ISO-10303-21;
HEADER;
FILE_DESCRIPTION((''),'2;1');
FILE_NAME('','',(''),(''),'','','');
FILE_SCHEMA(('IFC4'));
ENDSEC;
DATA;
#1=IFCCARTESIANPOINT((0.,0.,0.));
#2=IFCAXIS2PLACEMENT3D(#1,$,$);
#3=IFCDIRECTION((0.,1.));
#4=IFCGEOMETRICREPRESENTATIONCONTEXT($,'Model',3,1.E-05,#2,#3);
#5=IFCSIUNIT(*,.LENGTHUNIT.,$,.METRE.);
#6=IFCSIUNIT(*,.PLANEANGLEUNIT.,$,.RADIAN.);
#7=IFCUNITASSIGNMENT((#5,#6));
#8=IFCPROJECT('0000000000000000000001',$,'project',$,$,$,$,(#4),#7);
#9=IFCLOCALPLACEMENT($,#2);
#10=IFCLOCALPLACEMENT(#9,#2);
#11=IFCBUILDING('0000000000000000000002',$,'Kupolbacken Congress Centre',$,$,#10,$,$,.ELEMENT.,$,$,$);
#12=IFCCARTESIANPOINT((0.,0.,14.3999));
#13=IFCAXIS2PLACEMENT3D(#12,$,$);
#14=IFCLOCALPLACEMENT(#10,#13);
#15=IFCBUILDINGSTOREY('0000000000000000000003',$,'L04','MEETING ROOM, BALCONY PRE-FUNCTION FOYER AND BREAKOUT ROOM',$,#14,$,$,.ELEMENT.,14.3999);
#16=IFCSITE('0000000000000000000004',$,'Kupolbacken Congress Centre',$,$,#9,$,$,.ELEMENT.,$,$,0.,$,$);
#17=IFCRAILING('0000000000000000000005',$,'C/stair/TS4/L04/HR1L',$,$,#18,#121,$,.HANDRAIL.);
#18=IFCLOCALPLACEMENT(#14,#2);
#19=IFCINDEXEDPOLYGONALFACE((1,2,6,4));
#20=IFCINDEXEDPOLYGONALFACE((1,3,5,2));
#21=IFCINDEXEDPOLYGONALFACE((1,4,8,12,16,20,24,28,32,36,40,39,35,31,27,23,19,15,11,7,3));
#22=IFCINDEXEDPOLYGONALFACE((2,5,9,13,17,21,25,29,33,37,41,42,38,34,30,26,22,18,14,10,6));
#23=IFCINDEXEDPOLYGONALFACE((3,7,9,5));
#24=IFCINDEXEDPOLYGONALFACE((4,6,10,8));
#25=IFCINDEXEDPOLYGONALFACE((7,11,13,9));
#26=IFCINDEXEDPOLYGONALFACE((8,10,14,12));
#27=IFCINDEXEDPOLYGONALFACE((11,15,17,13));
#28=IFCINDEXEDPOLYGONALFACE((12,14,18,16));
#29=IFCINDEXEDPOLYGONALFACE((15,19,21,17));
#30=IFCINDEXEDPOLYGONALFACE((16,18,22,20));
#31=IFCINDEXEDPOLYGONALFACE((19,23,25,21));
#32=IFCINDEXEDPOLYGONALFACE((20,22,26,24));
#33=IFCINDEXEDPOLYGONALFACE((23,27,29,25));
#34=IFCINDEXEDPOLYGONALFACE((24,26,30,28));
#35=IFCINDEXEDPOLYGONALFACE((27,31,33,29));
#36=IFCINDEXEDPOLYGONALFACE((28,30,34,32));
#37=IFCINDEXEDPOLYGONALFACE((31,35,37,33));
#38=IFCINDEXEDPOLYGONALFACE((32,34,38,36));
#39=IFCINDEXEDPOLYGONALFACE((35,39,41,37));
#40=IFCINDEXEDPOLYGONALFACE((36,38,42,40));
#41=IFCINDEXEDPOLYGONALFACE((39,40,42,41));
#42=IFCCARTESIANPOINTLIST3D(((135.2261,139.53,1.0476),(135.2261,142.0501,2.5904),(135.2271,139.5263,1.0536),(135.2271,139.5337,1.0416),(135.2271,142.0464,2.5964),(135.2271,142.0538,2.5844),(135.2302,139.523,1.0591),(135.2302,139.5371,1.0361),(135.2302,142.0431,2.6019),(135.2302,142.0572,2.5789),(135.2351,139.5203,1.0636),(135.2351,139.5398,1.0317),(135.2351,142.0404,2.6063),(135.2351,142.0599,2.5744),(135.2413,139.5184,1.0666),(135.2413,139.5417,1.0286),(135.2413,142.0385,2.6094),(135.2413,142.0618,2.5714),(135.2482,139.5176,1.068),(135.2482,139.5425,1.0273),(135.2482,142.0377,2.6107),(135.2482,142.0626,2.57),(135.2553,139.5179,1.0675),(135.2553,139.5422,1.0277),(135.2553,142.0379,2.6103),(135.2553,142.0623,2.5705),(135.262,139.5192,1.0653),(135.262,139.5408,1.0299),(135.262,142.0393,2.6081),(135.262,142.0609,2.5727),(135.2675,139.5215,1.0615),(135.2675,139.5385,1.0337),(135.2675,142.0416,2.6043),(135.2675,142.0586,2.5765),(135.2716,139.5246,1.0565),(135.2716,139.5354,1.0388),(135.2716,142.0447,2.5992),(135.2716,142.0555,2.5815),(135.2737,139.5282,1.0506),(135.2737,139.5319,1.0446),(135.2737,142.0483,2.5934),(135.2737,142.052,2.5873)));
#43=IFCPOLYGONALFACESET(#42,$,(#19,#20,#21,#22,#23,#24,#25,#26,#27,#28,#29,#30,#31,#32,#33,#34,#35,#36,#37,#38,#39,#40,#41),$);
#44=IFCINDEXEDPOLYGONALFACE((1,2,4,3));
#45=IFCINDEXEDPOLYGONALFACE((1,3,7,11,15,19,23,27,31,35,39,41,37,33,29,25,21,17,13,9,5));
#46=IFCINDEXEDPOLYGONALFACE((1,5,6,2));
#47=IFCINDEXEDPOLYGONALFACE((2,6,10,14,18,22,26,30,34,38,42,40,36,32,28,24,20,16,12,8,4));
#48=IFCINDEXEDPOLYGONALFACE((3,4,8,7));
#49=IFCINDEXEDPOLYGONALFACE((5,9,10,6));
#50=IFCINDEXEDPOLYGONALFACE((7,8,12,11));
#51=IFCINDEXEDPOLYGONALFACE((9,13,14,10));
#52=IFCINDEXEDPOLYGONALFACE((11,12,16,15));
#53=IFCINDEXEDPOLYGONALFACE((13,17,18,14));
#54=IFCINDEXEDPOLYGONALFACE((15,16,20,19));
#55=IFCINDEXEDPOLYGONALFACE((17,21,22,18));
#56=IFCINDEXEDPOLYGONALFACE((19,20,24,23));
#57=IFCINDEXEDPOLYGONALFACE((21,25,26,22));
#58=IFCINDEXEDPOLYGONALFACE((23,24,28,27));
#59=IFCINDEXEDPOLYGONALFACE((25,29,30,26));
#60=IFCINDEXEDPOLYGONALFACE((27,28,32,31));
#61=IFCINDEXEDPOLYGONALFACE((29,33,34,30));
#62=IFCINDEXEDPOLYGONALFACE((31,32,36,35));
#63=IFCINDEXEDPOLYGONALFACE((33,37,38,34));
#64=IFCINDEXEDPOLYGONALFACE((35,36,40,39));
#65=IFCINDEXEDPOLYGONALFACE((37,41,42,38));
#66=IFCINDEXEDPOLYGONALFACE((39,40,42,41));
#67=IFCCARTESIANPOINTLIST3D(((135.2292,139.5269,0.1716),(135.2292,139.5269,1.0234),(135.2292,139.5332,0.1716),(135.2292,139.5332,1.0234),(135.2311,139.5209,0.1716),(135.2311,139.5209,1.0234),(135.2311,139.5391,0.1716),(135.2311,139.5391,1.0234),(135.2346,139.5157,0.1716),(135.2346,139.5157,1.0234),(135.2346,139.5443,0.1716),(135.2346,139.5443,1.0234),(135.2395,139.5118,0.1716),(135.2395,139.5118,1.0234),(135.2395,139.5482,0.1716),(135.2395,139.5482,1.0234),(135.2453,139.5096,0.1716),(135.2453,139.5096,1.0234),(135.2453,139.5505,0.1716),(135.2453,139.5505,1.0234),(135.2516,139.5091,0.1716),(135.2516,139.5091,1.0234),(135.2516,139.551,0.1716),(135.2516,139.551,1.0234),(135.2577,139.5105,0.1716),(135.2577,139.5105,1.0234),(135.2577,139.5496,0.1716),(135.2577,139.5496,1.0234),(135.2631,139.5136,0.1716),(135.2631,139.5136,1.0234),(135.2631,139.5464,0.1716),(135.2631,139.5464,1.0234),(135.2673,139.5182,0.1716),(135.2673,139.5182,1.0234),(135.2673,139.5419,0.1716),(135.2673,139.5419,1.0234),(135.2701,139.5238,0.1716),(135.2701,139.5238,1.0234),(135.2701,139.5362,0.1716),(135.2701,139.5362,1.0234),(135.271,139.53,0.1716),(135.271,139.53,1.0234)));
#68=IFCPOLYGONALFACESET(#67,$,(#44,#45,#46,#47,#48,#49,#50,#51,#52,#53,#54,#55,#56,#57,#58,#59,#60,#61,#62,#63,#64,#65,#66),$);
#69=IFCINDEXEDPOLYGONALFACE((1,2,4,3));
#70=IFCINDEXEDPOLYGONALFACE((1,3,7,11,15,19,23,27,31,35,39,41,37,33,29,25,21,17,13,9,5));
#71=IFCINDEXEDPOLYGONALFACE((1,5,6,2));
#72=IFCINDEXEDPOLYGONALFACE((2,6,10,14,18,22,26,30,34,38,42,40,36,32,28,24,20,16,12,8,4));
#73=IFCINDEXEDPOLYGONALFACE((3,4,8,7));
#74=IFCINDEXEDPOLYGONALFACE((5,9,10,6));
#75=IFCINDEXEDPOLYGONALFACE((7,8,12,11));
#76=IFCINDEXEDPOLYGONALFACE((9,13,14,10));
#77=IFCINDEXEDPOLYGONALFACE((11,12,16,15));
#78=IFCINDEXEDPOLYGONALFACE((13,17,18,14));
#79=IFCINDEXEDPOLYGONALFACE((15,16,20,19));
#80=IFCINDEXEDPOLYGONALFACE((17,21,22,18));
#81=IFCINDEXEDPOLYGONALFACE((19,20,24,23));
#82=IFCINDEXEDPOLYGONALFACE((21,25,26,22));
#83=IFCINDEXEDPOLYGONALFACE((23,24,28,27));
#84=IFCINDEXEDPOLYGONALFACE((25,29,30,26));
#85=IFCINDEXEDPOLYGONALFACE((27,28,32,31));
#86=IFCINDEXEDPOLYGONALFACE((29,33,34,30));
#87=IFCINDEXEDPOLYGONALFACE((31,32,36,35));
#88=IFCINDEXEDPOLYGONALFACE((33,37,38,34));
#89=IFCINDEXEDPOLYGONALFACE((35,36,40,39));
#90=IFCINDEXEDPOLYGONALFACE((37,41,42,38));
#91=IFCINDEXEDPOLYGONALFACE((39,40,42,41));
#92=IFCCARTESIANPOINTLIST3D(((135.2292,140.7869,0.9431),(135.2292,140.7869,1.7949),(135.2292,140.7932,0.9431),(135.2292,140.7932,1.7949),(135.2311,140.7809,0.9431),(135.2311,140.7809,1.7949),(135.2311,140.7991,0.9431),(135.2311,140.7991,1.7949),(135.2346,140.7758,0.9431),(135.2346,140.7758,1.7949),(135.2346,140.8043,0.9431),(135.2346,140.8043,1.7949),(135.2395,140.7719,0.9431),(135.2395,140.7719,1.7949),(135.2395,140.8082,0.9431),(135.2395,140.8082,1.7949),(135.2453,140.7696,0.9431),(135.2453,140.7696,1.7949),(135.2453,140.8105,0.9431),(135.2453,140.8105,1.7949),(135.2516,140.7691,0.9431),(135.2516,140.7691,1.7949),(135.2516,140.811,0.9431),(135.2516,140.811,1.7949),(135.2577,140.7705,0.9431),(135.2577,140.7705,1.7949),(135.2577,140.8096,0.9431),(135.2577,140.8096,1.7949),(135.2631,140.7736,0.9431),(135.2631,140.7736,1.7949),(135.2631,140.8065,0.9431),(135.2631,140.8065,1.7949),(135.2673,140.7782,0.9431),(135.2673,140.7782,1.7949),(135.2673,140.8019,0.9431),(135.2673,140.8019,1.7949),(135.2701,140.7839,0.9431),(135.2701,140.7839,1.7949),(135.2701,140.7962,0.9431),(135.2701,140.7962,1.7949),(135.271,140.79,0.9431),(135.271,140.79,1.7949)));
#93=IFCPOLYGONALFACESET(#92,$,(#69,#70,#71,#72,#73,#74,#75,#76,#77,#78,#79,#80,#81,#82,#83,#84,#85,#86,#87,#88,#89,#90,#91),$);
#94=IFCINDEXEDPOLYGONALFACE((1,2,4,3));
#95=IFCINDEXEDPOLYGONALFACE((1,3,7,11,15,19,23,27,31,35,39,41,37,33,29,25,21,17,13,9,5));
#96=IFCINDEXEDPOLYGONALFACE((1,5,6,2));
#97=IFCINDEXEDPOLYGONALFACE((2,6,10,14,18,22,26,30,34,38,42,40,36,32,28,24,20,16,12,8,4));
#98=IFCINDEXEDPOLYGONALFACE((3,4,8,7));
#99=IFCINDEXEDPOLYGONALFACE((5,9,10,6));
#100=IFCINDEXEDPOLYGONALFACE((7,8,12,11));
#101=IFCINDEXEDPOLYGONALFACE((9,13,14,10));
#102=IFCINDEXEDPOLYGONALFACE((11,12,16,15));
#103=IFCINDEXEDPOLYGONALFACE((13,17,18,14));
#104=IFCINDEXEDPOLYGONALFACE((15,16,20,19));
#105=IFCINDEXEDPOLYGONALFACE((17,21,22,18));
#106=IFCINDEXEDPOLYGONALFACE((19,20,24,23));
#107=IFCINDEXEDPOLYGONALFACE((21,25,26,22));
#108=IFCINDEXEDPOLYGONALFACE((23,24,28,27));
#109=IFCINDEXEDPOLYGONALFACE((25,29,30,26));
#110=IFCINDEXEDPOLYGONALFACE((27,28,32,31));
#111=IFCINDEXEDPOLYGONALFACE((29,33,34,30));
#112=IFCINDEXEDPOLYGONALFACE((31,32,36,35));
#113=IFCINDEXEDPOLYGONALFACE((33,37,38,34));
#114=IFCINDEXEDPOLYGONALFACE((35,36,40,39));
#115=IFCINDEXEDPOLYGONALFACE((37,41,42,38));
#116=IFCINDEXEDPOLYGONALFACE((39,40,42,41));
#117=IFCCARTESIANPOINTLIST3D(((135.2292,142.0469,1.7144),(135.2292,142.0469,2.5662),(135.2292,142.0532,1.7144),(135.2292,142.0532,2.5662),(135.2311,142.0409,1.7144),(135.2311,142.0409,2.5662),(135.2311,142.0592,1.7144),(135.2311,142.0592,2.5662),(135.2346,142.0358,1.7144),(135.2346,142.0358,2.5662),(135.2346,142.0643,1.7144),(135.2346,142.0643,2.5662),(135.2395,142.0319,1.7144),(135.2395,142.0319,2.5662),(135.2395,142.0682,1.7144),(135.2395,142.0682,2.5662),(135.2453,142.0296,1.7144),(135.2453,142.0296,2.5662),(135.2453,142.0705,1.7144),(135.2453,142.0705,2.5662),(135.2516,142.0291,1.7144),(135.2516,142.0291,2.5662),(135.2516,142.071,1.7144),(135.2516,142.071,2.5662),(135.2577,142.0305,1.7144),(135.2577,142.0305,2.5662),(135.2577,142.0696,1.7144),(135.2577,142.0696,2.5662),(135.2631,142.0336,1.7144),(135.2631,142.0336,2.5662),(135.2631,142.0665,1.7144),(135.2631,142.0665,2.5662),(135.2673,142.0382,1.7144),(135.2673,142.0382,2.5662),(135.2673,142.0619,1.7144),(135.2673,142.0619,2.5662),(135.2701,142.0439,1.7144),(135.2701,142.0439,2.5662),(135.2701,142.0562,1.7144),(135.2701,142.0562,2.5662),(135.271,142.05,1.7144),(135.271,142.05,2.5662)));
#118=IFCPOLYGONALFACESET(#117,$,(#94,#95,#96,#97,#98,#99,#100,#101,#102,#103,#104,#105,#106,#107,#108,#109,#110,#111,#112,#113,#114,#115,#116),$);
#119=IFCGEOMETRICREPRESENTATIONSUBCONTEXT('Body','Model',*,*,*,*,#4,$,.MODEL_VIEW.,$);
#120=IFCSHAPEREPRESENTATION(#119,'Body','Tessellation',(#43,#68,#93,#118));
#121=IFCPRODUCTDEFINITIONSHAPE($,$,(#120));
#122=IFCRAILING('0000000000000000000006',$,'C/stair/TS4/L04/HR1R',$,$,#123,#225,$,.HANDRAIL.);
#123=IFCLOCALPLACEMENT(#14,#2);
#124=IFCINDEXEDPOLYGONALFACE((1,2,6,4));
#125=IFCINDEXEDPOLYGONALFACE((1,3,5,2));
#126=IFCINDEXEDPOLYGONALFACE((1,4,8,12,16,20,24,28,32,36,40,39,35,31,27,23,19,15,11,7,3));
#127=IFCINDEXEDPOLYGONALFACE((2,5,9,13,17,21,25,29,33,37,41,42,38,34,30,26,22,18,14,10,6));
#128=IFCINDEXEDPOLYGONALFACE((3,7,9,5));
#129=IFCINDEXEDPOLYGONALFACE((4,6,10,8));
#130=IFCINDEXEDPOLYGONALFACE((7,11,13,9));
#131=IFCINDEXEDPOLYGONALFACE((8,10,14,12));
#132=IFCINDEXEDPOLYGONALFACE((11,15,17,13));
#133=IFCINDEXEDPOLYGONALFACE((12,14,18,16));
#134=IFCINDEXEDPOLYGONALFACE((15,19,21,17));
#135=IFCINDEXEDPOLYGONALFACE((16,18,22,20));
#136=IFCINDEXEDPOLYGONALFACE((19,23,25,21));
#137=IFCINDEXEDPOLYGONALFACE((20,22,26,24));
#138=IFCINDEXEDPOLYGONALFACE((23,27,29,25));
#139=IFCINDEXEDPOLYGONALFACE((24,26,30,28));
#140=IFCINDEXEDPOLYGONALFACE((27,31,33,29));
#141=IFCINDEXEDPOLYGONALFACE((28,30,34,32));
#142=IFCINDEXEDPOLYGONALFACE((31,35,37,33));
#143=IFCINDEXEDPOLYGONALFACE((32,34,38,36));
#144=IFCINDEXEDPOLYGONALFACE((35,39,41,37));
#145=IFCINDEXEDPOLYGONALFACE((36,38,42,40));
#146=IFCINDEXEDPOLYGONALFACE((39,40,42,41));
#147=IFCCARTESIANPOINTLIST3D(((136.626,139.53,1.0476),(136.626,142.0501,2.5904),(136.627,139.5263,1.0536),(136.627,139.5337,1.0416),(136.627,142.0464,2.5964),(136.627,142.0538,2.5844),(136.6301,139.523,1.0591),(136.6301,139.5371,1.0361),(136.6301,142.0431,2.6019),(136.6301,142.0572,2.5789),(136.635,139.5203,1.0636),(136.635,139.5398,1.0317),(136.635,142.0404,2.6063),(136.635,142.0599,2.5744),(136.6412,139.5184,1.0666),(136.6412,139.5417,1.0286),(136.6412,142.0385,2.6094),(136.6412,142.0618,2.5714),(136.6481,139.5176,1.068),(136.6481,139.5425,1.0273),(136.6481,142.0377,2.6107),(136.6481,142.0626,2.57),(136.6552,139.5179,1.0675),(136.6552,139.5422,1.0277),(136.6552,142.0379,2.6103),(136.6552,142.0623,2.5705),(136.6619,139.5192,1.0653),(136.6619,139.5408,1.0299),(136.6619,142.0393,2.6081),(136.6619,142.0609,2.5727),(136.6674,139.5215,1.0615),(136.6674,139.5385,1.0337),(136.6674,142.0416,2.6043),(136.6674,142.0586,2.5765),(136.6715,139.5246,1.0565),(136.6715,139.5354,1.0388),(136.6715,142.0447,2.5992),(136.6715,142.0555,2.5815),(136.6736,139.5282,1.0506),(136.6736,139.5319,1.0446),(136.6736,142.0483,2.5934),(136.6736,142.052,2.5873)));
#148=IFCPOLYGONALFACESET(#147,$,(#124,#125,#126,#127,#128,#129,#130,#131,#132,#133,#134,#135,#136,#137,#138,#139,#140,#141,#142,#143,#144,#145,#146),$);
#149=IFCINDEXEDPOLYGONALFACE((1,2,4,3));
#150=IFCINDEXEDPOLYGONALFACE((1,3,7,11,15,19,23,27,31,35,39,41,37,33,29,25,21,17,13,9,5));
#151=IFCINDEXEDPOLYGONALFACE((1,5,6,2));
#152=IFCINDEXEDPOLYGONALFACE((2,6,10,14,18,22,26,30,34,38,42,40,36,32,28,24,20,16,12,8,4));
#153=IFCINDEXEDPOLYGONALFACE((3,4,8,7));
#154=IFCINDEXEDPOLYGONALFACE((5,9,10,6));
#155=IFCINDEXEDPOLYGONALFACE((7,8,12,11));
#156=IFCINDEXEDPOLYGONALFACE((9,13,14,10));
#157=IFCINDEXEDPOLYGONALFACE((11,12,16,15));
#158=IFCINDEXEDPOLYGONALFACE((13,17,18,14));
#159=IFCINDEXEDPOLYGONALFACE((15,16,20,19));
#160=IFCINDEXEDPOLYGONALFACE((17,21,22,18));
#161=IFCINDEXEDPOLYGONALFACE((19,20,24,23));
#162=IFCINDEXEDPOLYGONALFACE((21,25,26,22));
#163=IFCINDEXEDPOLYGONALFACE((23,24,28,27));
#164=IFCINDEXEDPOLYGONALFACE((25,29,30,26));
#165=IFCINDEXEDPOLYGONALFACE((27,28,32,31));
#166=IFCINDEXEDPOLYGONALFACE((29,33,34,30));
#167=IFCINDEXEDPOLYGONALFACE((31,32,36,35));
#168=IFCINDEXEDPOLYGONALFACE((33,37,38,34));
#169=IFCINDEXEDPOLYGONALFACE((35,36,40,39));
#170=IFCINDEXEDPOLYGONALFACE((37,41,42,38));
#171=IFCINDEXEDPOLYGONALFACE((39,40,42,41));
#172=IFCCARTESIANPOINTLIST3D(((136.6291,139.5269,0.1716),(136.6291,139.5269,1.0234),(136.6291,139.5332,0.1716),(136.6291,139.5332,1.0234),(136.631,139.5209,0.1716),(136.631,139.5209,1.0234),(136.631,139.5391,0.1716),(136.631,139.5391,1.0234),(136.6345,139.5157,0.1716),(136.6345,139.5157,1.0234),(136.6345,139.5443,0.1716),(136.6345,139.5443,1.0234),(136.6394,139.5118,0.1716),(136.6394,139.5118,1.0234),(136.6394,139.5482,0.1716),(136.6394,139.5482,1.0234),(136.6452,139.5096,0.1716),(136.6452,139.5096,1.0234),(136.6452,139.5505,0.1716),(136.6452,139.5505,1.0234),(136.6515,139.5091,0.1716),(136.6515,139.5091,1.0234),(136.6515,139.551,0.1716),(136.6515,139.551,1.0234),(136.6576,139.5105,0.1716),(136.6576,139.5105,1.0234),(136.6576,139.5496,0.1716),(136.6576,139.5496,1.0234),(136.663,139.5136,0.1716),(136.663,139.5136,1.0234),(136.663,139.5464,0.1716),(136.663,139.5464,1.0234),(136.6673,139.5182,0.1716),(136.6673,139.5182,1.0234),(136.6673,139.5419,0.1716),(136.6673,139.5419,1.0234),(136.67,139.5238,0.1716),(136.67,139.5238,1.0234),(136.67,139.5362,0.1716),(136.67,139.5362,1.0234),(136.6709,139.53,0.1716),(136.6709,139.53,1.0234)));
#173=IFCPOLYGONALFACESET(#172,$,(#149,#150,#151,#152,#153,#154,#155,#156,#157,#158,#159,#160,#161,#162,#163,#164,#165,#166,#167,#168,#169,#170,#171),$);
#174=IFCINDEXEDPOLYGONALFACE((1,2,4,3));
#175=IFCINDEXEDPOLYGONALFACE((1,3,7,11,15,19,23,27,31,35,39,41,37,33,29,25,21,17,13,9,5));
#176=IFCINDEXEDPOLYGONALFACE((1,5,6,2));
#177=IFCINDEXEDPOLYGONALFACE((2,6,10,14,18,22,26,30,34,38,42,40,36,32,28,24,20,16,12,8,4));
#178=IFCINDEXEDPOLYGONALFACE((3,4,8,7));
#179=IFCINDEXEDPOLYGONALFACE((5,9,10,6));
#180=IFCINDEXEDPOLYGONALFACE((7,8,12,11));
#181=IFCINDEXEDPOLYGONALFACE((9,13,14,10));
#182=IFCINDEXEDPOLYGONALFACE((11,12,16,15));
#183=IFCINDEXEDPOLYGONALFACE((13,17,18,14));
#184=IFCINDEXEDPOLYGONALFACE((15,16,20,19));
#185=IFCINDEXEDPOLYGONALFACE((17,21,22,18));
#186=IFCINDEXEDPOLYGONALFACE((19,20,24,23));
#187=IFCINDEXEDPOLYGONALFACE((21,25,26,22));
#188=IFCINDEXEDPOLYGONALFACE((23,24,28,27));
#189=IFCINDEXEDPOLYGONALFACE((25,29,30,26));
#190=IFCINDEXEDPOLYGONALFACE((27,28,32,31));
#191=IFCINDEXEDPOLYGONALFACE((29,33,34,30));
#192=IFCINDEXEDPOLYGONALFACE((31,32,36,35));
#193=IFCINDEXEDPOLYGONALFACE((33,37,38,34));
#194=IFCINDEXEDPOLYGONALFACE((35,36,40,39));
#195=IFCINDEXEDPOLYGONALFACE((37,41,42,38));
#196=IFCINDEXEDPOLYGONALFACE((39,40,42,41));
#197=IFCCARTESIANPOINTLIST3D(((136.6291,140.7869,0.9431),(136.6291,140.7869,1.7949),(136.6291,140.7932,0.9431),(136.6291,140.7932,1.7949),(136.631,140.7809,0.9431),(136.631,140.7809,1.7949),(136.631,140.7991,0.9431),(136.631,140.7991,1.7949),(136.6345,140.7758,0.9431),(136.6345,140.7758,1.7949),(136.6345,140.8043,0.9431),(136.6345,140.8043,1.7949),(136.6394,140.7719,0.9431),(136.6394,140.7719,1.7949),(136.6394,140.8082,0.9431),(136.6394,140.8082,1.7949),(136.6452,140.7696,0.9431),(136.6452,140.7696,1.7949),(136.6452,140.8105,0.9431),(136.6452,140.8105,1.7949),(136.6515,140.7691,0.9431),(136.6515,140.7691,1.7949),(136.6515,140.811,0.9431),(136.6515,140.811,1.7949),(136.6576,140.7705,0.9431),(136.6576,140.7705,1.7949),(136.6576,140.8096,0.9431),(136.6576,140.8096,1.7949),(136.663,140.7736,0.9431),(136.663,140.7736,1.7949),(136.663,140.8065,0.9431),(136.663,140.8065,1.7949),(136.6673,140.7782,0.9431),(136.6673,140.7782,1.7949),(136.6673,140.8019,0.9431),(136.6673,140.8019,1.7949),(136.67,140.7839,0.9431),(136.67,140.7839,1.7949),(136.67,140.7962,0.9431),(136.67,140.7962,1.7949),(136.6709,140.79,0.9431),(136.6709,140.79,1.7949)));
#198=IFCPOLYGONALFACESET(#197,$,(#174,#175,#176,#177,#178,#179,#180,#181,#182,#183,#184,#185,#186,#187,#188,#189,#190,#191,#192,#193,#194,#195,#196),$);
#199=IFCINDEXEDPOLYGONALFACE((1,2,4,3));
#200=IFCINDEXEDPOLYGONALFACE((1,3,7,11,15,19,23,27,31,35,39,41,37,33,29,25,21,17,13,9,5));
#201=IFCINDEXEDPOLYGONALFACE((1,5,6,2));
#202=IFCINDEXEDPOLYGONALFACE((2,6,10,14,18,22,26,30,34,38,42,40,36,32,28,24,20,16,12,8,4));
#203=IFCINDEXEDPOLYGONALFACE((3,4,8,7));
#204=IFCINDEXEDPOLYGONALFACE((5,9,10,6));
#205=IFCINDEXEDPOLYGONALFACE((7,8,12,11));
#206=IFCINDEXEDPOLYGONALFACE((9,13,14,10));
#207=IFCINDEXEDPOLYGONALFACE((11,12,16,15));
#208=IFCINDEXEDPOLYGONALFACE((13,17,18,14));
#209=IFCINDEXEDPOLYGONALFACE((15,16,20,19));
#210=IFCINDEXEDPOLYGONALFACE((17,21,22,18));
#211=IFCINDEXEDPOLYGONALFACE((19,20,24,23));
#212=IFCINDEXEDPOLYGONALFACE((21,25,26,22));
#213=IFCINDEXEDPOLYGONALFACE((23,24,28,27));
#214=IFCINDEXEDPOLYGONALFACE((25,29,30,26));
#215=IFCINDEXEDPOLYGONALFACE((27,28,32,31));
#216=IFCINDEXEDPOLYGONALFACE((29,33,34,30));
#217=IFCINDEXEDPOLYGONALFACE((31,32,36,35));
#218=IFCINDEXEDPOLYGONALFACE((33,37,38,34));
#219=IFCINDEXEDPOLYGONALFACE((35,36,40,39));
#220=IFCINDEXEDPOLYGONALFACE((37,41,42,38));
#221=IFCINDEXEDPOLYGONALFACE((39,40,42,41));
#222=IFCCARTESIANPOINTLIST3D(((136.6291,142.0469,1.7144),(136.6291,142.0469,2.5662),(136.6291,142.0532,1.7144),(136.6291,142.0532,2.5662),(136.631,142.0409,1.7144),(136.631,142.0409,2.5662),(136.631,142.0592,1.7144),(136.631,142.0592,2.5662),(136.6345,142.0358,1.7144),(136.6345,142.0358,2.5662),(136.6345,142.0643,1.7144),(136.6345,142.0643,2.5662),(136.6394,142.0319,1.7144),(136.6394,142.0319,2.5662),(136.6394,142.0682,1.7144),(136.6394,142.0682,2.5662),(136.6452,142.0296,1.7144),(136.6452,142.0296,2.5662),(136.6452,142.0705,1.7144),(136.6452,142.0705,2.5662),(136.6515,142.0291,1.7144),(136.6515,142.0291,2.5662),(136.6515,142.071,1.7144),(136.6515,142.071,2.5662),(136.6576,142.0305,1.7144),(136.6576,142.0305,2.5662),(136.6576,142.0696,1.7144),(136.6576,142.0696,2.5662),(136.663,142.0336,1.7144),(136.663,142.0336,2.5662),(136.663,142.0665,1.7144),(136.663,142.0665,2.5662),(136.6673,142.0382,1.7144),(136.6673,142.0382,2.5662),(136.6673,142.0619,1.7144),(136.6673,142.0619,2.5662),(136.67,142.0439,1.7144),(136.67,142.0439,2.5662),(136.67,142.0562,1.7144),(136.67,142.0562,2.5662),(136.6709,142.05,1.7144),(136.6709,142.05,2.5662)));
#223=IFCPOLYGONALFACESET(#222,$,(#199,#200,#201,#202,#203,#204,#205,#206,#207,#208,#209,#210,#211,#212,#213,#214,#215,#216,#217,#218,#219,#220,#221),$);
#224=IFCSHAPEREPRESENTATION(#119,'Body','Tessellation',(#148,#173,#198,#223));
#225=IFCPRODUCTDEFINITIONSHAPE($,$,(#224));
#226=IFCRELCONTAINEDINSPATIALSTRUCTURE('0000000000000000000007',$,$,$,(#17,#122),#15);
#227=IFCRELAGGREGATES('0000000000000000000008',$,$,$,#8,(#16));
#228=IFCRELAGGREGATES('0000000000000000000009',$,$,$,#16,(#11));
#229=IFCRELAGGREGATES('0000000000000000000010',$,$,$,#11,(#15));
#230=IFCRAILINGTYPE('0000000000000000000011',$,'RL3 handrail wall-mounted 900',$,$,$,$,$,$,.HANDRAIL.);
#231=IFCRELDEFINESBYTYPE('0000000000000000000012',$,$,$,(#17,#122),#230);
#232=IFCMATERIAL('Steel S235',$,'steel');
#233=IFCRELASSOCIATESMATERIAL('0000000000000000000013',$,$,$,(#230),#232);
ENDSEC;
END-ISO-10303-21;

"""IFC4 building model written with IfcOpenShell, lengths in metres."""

from ifc_helpers import new_model, si_unit, direction, frame, origin, origin_2d, place, context, subcontext, project, spatial, circle, extrude, material, type_object, element, save


model = new_model("IFC4")

# Units and contexts
model_context = context("Model", 3, precision=1e-05, world=origin(), true_north=direction((0.0, 1.0)))
body_context = subcontext(model_context, "Body", "Model", "MODEL_VIEW")
ifc_project = project(units=[si_unit("LENGTHUNIT", "METRE"), si_unit("PLANEANGLEUNIT", "RADIAN")], contexts=[model_context])

# Site, building, storey
site_placement = place(None, origin())
site = spatial("IfcSite", under=ifc_project, at=site_placement, Name="Kupolbacken Congress Centre", CompositionType="ELEMENT", RefElevation=0.0)
building_placement = place(site_placement, origin())
building = spatial("IfcBuilding", under=site, at=building_placement, Name="Kupolbacken Congress Centre", CompositionType="ELEMENT")
storey_placement = place(building_placement, frame((0.0, 0.0, 14.3999)))
storey = spatial("IfcBuildingStorey", under=building, at=storey_placement, Name="L04", Description="MEETING ROOM, BALCONY PRE-FUNCTION FOYER AND BREAKOUT ROOM", CompositionType="ELEMENT", Elevation=14.3999)

# Railings
ifc_material_1 = material(Name="Steel S235", Category="steel")
railing_type = type_object("IfcRailingType", Name="RL3 handrail wall-mounted 900", PredefinedType="HANDRAIL", material=ifc_material_1)
for number, where, name in (
    (1, (135.25, 139.53, 0.1716), "C/stair/TS4/L04/HR1L"),
    (2, (136.6499, 139.53, 0.1716), "C/stair/TS4/L04/HR1R"),
):
    element("IfcRailing", number, at=place(storey_placement, frame(where)), inside=storey, type_object=railing_type, Name=name, PredefinedType="HANDRAIL", context=body_context, shape_type="SweptSolid", body=[
        extrude(circle(Radius=0.0239, at=origin_2d()), frame((0.0, 0.0, 0.876), z_axis=(0.0, 0.852873, 0.522118), x_axis=(-1.0, 0.0, 0.0)), (0.0, 0.0, 1.0), 2.9548),
        extrude(circle(Radius=0.021, at=origin_2d()), origin(), (0.0, 0.0, 1.0), 0.8518),
        extrude(circle(Radius=0.021, at=origin_2d()), frame((0.0, 1.26, 0.7715)), (0.0, 0.0, 1.0), 0.8518),
        extrude(circle(Radius=0.021, at=origin_2d()), frame((0.0, 2.52, 1.5427)), (0.0, 0.0, 1.0), 0.8518),
    ])

save(model, "model.ifc")
